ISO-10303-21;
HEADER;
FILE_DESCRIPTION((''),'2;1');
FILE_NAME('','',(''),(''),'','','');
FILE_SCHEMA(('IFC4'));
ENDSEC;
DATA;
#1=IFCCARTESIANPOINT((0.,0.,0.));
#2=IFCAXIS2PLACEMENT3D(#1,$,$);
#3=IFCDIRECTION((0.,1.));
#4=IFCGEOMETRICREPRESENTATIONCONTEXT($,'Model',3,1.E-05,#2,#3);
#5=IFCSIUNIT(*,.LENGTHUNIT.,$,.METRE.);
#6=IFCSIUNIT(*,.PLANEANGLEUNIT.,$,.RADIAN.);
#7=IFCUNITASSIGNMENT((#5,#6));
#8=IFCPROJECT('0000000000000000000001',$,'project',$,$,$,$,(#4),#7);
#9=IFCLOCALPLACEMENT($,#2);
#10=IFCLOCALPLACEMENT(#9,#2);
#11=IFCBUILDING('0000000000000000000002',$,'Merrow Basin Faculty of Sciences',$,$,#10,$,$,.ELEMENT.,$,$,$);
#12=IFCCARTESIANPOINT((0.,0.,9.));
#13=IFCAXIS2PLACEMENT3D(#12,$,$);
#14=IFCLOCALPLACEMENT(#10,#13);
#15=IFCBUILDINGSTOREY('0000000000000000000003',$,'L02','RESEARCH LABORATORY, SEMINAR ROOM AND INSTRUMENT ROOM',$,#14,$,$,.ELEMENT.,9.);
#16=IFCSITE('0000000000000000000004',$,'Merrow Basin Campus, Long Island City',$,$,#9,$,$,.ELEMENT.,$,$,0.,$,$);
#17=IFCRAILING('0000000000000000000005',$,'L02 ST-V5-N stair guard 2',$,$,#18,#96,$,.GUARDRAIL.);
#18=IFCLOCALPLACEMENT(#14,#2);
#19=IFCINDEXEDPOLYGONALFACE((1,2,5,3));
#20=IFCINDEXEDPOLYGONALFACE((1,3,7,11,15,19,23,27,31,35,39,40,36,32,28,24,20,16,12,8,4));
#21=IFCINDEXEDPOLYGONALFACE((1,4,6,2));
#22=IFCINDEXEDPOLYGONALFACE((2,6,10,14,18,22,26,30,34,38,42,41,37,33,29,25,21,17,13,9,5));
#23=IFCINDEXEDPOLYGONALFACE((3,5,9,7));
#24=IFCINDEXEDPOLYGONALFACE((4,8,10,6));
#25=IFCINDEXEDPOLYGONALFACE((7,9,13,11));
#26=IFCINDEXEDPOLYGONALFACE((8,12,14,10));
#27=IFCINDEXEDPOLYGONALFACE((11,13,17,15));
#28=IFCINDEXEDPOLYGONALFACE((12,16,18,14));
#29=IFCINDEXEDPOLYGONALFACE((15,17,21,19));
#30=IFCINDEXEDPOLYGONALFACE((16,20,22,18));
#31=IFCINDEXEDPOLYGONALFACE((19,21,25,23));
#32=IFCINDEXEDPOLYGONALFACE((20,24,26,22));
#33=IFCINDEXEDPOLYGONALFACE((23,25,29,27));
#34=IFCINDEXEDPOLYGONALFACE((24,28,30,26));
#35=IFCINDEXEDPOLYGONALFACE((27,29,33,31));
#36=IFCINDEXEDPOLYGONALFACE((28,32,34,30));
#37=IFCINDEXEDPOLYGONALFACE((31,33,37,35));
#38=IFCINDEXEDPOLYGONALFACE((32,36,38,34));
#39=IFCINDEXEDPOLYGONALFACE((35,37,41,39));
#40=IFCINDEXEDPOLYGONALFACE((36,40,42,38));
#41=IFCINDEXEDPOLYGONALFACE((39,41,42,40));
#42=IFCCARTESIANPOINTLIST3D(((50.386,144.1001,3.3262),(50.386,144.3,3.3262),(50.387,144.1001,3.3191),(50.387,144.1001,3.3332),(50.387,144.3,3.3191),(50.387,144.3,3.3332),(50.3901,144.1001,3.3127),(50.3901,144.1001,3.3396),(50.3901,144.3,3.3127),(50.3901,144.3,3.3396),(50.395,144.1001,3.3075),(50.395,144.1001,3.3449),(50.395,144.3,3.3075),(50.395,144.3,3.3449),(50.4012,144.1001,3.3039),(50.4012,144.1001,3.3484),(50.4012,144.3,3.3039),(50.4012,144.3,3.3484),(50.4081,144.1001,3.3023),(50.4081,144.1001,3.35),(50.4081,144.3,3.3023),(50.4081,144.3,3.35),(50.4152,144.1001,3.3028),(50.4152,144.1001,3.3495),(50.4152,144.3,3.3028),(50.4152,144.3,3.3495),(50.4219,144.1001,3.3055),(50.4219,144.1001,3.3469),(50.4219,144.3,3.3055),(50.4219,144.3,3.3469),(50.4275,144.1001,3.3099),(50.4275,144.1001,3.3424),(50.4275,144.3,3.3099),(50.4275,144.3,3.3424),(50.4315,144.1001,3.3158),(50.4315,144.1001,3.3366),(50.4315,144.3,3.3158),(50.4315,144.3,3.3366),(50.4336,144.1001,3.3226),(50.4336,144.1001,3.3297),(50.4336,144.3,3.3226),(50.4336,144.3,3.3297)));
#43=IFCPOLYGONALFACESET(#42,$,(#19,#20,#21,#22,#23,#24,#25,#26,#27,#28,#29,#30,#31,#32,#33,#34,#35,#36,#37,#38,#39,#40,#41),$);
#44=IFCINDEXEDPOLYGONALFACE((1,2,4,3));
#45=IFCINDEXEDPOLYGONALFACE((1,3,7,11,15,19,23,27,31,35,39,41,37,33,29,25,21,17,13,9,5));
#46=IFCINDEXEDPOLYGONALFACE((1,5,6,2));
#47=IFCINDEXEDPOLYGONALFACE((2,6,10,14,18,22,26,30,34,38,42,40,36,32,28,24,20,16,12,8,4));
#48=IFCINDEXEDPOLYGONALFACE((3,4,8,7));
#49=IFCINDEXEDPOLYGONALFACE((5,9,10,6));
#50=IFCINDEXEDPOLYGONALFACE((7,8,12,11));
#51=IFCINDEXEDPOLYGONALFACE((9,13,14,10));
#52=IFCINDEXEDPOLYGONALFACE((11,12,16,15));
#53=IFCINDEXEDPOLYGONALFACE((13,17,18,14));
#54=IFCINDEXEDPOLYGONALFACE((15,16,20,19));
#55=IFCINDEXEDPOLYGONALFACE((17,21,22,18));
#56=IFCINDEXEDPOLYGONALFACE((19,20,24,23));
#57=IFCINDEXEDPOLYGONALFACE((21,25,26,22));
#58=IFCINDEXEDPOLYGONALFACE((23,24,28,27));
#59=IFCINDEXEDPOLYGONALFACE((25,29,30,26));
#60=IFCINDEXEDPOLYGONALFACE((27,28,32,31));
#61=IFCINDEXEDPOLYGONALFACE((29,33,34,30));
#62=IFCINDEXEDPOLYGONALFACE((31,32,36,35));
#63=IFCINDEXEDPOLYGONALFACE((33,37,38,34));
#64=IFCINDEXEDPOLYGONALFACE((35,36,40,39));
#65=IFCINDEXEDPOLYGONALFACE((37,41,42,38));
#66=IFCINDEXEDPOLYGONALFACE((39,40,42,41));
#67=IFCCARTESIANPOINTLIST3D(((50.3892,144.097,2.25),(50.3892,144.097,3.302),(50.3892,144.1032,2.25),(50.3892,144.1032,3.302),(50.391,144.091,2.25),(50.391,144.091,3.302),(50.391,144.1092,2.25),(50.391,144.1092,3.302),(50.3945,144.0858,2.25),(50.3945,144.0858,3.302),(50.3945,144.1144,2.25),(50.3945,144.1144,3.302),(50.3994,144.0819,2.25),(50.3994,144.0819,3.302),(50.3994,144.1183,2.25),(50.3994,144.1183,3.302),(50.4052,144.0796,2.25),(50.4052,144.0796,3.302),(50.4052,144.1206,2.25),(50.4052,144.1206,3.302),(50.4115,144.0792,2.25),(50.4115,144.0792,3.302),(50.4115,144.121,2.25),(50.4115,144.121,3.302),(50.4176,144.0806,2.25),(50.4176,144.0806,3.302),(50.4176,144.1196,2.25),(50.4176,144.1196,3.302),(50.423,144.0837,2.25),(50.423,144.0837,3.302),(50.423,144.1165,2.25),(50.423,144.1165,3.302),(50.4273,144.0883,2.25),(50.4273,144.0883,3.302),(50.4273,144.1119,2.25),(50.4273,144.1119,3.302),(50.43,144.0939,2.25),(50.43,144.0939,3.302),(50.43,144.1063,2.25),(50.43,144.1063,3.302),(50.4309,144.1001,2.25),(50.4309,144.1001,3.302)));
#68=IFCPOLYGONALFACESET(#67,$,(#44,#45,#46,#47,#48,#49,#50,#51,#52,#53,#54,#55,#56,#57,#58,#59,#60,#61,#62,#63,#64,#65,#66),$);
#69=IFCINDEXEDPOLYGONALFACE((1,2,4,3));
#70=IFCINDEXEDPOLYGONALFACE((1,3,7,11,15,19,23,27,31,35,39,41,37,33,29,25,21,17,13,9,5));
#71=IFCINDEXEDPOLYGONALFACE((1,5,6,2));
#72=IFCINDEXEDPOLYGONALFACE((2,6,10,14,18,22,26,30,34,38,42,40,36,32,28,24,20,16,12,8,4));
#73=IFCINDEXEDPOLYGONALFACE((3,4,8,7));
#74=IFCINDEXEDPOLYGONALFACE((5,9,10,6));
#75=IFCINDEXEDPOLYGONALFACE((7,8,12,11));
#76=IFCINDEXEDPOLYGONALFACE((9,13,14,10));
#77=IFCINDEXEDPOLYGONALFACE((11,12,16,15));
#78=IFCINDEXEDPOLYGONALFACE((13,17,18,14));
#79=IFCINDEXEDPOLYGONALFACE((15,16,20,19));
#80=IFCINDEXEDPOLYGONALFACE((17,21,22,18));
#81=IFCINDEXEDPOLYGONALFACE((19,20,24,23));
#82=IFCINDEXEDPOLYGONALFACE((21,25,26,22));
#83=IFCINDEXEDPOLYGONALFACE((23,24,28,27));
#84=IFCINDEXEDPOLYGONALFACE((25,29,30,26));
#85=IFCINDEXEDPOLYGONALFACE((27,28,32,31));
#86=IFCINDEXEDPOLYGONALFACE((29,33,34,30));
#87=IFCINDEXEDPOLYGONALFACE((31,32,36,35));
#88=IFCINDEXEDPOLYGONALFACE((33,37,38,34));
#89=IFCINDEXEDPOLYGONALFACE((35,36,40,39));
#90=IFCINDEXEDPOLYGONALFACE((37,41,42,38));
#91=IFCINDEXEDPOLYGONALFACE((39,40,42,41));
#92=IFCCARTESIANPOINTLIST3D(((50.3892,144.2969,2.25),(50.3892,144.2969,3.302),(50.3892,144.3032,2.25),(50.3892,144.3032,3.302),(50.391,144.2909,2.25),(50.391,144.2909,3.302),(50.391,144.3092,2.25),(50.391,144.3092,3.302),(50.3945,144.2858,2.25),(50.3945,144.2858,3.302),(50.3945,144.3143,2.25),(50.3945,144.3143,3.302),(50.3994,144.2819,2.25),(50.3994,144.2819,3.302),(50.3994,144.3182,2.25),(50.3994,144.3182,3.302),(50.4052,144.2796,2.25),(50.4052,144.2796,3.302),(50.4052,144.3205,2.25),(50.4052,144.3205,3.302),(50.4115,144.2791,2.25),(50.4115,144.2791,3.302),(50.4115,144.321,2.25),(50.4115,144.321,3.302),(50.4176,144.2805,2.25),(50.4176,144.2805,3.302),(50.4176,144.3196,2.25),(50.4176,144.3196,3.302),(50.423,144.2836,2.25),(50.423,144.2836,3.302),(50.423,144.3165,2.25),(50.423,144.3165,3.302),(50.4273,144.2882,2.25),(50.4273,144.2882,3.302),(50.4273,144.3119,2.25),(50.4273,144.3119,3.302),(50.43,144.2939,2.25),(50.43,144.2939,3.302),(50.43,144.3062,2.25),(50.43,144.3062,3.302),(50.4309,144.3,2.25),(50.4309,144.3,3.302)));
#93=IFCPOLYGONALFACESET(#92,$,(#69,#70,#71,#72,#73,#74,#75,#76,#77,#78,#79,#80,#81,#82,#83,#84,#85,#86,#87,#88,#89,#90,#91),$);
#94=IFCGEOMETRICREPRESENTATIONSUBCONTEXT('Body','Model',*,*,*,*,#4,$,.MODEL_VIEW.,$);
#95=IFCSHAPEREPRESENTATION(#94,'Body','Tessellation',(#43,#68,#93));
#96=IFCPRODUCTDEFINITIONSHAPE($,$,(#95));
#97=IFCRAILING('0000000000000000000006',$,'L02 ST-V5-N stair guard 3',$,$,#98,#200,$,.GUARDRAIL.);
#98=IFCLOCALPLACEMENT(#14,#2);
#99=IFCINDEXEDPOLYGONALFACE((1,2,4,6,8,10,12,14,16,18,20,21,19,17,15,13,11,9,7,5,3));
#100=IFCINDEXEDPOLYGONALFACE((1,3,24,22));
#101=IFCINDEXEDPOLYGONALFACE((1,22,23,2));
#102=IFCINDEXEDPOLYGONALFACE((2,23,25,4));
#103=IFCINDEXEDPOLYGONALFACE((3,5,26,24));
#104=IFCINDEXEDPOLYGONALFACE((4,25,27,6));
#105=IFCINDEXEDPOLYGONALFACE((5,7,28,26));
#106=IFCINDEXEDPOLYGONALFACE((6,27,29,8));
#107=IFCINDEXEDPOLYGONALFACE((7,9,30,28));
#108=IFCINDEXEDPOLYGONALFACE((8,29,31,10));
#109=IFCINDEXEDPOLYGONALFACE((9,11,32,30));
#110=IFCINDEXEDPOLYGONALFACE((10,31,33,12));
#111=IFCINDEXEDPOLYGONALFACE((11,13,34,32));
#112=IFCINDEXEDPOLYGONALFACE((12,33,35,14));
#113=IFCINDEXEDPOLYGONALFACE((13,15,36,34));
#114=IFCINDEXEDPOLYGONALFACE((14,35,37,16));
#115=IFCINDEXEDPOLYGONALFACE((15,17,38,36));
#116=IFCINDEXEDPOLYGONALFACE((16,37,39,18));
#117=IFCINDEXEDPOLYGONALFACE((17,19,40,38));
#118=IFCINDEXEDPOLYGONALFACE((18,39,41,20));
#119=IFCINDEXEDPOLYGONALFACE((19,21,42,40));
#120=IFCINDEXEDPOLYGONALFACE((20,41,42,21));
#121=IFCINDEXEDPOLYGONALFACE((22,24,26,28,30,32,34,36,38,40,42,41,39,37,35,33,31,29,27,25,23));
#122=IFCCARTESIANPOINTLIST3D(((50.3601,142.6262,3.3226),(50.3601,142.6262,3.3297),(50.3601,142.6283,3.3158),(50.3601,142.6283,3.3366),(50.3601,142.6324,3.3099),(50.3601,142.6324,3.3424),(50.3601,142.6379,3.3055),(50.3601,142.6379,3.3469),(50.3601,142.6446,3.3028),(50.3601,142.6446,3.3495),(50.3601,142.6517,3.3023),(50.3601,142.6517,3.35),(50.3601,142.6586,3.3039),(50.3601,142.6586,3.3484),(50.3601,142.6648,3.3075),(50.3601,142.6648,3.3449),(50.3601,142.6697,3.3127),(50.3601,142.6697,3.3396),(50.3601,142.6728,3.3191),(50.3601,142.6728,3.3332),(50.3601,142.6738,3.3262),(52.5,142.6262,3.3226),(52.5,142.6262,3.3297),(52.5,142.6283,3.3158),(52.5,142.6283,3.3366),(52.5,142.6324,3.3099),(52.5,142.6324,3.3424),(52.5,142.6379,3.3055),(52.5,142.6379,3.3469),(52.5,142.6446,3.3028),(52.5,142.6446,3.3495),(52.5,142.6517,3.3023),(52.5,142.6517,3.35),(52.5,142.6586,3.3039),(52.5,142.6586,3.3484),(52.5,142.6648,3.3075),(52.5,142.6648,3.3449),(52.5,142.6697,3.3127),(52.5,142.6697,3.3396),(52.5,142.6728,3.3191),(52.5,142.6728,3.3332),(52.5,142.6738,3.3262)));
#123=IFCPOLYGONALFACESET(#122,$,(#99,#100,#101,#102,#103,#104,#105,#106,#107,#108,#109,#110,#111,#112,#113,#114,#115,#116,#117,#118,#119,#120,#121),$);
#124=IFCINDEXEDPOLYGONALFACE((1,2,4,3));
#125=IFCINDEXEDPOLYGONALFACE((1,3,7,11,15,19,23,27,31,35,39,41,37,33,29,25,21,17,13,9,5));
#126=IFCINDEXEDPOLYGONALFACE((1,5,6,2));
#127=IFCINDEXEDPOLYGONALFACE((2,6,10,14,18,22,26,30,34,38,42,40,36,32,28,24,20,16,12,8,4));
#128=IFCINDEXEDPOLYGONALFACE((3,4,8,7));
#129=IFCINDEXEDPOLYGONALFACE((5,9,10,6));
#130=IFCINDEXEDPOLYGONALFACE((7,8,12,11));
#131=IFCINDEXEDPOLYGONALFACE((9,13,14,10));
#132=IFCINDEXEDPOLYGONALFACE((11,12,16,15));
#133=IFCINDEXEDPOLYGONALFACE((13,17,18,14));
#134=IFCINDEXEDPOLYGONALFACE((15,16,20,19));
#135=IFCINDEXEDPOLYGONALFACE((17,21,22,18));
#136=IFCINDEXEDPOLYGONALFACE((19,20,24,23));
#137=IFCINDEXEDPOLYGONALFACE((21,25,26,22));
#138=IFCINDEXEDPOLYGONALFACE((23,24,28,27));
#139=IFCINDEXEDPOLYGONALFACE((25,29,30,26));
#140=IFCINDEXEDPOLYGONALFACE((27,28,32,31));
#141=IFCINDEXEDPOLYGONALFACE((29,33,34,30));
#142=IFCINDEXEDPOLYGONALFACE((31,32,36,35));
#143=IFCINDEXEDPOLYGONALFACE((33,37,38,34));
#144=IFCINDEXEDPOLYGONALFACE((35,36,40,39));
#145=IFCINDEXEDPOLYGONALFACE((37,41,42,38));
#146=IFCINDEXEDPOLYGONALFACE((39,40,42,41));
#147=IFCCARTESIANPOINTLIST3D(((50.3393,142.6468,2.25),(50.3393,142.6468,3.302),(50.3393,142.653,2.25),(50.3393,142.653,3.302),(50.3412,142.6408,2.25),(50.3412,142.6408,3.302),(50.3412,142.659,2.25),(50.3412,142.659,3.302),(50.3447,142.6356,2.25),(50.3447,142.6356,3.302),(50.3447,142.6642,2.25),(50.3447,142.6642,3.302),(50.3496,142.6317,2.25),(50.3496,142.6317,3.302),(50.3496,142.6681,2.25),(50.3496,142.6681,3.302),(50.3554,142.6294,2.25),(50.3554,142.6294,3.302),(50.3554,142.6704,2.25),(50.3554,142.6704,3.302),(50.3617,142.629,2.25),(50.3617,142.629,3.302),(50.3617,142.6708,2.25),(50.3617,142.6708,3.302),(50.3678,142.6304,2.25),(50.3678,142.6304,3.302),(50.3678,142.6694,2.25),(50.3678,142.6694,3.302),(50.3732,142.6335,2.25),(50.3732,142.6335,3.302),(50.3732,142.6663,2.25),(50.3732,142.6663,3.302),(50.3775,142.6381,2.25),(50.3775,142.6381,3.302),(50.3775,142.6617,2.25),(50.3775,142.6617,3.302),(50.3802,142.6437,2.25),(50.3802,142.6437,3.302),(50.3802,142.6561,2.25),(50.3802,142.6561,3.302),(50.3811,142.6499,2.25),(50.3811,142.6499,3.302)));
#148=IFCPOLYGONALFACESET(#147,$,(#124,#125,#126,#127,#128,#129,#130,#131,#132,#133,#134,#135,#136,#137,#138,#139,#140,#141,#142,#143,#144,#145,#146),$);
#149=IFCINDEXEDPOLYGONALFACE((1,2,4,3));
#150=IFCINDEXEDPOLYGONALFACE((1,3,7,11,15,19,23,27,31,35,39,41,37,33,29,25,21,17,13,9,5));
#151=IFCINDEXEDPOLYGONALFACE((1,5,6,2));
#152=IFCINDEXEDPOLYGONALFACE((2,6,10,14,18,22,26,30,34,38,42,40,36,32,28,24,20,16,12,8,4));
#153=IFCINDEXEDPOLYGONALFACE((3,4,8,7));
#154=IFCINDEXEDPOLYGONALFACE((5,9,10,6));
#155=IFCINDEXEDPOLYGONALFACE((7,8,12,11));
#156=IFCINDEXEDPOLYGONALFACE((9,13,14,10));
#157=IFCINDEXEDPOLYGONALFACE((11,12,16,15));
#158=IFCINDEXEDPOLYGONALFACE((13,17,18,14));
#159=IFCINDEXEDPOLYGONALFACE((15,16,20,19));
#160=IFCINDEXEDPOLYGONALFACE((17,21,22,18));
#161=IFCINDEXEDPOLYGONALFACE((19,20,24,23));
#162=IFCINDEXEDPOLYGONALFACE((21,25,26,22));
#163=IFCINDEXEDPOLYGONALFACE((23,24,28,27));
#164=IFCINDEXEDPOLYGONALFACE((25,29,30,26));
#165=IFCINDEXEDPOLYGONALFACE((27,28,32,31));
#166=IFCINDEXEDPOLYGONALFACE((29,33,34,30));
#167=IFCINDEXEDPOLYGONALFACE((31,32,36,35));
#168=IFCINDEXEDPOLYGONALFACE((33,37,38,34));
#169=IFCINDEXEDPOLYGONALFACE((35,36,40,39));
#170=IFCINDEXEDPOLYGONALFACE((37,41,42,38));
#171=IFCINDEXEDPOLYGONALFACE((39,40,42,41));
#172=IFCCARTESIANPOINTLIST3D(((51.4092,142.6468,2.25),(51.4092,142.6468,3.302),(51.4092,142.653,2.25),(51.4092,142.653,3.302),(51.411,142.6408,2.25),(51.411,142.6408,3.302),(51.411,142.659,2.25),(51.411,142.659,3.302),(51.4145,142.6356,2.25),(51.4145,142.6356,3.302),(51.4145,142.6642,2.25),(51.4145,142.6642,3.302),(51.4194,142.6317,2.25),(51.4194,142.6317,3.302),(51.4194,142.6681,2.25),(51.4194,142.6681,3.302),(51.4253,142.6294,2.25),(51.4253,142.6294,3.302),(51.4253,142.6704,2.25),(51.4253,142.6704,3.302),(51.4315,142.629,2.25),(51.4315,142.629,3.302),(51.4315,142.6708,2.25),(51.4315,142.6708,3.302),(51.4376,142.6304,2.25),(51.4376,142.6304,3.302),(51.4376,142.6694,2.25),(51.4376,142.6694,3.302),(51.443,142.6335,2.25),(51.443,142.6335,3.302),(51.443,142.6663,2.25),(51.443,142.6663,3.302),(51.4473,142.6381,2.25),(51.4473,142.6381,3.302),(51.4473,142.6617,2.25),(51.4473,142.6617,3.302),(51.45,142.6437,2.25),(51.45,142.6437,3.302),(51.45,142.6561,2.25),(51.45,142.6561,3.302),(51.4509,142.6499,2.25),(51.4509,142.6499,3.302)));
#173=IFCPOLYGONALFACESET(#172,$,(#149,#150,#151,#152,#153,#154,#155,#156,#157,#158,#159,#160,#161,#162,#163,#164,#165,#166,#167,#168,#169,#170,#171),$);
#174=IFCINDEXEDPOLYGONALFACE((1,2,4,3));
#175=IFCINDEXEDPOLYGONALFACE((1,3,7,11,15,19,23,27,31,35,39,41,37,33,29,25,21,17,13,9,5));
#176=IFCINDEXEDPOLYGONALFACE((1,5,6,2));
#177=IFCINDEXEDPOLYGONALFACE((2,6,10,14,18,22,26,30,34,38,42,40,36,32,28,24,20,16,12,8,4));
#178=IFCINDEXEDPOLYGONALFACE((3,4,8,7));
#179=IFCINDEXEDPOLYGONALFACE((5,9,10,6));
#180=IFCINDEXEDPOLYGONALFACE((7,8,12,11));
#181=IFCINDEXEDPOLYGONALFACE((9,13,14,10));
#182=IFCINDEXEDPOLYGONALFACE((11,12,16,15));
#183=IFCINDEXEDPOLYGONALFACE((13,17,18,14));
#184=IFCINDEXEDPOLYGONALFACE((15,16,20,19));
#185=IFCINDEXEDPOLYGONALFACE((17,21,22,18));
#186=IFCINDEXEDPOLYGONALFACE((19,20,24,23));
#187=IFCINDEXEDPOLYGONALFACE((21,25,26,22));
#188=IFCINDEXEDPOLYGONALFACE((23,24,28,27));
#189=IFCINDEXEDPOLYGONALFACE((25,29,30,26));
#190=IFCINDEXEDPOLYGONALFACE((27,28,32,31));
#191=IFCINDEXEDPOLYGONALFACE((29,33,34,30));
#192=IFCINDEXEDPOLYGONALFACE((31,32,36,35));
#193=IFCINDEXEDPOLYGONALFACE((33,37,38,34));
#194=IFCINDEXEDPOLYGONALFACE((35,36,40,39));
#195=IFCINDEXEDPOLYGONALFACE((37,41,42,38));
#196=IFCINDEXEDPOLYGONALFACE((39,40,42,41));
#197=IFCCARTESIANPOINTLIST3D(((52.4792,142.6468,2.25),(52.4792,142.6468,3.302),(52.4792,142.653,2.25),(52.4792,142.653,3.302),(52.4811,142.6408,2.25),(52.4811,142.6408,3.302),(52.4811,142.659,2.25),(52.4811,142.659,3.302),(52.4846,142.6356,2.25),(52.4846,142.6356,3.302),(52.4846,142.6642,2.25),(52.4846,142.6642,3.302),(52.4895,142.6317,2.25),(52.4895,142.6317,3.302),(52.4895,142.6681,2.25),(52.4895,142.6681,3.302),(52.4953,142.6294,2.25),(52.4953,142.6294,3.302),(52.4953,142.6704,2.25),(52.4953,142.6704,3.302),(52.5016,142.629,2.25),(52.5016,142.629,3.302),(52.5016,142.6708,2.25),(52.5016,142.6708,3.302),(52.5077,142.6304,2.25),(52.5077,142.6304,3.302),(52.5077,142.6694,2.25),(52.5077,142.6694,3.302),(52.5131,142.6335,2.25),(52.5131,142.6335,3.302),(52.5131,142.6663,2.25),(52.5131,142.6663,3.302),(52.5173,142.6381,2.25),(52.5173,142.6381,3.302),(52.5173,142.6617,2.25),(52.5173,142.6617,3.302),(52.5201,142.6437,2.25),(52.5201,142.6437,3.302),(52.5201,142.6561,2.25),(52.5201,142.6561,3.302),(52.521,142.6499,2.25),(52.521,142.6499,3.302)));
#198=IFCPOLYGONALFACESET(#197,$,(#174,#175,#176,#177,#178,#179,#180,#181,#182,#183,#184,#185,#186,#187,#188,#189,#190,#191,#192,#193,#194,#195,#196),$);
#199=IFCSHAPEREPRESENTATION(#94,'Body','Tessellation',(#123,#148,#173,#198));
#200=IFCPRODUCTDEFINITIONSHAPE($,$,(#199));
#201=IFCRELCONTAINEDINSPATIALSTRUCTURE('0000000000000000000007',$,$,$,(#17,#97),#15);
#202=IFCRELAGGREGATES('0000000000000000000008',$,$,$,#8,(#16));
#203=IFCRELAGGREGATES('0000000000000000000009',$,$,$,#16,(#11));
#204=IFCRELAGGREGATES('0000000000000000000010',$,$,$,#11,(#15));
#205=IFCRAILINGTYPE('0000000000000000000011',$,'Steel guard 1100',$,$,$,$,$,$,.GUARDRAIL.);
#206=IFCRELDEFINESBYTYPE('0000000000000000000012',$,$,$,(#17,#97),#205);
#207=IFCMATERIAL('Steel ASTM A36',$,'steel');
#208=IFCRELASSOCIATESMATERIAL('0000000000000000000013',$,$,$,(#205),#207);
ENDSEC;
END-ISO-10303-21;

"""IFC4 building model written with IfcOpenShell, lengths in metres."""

from ifc_helpers import new_model, si_unit, direction, frame, origin, origin_2d, place, context, subcontext, project, spatial, circle, extrude, material, type_object, element, save


model = new_model("IFC4")

# Units and contexts
model_context = context("Model", 3, precision=1e-05, world=origin(), true_north=direction((0.0, 1.0)))
body_context = subcontext(model_context, "Body", "Model", "MODEL_VIEW")
ifc_project = project(units=[si_unit("LENGTHUNIT", "METRE"), si_unit("PLANEANGLEUNIT", "RADIAN")], contexts=[model_context])

# Site, building, storey
site_placement = place(None, origin())
site = spatial("IfcSite", under=ifc_project, at=site_placement, Name="Merrow Basin Campus, Long Island City", CompositionType="ELEMENT", RefElevation=0.0)
building_placement = place(site_placement, origin())
building = spatial("IfcBuilding", under=site, at=building_placement, Name="Merrow Basin Faculty of Sciences", CompositionType="ELEMENT")
storey_placement = place(building_placement, frame((0.0, 0.0, 9.0)))
storey = spatial("IfcBuildingStorey", under=building, at=storey_placement, Name="L02", Description="RESEARCH LABORATORY, SEMINAR ROOM AND INSTRUMENT ROOM", CompositionType="ELEMENT", Elevation=9.0)

# Railings
ifc_material_1 = material(Name="Steel ASTM A36", Category="steel")
railing_type_1 = type_object("IfcRailingType", Name="Steel guard 1100", PredefinedType="GUARDRAIL", material=ifc_material_1)
railing_1_placement = place(storey_placement, frame((50.4099, 144.1001, 2.25)))
element("IfcRailing", 1, at=railing_1_placement, inside=storey, type_object=railing_type_1, Name="L02 ST-V5-N stair guard 2", PredefinedType="GUARDRAIL", context=body_context, shape_type="SweptSolid", body=[
    extrude(circle(Radius=0.0239, at=origin_2d()), frame((0.0, 0.0, 1.0762), z_axis=(0.0, 1.0, 0.0), x_axis=(-1.0, 0.0, 0.0)), (0.0, 0.0, 1.0), 0.2),
    extrude(circle(Radius=0.021, at=origin_2d()), origin(), (0.0, 0.0, 1.0), 1.052),
    extrude(circle(Radius=0.021, at=origin_2d()), frame((0.0, 0.2, 0.0)), (0.0, 0.0, 1.0), 1.052),
])
railing_2_placement = place(storey_placement, frame((50.3601, 142.6499, 2.25)))
element("IfcRailing", 2, at=railing_2_placement, inside=storey, type_object=railing_type_1, Name="L02 ST-V5-N stair guard 3", PredefinedType="GUARDRAIL", context=body_context, shape_type="SweptSolid", body=[
    extrude(circle(Radius=0.0239, at=origin_2d()), frame((0.0, 0.0, 1.0762), z_axis=(1.0, 0.0, 0.0), x_axis=(0.0, 1.0, 0.0)), (0.0, 0.0, 1.0), 2.1399),
    extrude(circle(Radius=0.021, at=origin_2d()), origin(), (0.0, 0.0, 1.0), 1.052),
    extrude(circle(Radius=0.021, at=origin_2d()), frame((1.0698, 0.0, 0.0)), (0.0, 0.0, 1.0), 1.052),
    extrude(circle(Radius=0.021, at=origin_2d()), frame((2.1399, 0.0, 0.0)), (0.0, 0.0, 1.0), 1.052),
])

save(model, "model.ifc")
